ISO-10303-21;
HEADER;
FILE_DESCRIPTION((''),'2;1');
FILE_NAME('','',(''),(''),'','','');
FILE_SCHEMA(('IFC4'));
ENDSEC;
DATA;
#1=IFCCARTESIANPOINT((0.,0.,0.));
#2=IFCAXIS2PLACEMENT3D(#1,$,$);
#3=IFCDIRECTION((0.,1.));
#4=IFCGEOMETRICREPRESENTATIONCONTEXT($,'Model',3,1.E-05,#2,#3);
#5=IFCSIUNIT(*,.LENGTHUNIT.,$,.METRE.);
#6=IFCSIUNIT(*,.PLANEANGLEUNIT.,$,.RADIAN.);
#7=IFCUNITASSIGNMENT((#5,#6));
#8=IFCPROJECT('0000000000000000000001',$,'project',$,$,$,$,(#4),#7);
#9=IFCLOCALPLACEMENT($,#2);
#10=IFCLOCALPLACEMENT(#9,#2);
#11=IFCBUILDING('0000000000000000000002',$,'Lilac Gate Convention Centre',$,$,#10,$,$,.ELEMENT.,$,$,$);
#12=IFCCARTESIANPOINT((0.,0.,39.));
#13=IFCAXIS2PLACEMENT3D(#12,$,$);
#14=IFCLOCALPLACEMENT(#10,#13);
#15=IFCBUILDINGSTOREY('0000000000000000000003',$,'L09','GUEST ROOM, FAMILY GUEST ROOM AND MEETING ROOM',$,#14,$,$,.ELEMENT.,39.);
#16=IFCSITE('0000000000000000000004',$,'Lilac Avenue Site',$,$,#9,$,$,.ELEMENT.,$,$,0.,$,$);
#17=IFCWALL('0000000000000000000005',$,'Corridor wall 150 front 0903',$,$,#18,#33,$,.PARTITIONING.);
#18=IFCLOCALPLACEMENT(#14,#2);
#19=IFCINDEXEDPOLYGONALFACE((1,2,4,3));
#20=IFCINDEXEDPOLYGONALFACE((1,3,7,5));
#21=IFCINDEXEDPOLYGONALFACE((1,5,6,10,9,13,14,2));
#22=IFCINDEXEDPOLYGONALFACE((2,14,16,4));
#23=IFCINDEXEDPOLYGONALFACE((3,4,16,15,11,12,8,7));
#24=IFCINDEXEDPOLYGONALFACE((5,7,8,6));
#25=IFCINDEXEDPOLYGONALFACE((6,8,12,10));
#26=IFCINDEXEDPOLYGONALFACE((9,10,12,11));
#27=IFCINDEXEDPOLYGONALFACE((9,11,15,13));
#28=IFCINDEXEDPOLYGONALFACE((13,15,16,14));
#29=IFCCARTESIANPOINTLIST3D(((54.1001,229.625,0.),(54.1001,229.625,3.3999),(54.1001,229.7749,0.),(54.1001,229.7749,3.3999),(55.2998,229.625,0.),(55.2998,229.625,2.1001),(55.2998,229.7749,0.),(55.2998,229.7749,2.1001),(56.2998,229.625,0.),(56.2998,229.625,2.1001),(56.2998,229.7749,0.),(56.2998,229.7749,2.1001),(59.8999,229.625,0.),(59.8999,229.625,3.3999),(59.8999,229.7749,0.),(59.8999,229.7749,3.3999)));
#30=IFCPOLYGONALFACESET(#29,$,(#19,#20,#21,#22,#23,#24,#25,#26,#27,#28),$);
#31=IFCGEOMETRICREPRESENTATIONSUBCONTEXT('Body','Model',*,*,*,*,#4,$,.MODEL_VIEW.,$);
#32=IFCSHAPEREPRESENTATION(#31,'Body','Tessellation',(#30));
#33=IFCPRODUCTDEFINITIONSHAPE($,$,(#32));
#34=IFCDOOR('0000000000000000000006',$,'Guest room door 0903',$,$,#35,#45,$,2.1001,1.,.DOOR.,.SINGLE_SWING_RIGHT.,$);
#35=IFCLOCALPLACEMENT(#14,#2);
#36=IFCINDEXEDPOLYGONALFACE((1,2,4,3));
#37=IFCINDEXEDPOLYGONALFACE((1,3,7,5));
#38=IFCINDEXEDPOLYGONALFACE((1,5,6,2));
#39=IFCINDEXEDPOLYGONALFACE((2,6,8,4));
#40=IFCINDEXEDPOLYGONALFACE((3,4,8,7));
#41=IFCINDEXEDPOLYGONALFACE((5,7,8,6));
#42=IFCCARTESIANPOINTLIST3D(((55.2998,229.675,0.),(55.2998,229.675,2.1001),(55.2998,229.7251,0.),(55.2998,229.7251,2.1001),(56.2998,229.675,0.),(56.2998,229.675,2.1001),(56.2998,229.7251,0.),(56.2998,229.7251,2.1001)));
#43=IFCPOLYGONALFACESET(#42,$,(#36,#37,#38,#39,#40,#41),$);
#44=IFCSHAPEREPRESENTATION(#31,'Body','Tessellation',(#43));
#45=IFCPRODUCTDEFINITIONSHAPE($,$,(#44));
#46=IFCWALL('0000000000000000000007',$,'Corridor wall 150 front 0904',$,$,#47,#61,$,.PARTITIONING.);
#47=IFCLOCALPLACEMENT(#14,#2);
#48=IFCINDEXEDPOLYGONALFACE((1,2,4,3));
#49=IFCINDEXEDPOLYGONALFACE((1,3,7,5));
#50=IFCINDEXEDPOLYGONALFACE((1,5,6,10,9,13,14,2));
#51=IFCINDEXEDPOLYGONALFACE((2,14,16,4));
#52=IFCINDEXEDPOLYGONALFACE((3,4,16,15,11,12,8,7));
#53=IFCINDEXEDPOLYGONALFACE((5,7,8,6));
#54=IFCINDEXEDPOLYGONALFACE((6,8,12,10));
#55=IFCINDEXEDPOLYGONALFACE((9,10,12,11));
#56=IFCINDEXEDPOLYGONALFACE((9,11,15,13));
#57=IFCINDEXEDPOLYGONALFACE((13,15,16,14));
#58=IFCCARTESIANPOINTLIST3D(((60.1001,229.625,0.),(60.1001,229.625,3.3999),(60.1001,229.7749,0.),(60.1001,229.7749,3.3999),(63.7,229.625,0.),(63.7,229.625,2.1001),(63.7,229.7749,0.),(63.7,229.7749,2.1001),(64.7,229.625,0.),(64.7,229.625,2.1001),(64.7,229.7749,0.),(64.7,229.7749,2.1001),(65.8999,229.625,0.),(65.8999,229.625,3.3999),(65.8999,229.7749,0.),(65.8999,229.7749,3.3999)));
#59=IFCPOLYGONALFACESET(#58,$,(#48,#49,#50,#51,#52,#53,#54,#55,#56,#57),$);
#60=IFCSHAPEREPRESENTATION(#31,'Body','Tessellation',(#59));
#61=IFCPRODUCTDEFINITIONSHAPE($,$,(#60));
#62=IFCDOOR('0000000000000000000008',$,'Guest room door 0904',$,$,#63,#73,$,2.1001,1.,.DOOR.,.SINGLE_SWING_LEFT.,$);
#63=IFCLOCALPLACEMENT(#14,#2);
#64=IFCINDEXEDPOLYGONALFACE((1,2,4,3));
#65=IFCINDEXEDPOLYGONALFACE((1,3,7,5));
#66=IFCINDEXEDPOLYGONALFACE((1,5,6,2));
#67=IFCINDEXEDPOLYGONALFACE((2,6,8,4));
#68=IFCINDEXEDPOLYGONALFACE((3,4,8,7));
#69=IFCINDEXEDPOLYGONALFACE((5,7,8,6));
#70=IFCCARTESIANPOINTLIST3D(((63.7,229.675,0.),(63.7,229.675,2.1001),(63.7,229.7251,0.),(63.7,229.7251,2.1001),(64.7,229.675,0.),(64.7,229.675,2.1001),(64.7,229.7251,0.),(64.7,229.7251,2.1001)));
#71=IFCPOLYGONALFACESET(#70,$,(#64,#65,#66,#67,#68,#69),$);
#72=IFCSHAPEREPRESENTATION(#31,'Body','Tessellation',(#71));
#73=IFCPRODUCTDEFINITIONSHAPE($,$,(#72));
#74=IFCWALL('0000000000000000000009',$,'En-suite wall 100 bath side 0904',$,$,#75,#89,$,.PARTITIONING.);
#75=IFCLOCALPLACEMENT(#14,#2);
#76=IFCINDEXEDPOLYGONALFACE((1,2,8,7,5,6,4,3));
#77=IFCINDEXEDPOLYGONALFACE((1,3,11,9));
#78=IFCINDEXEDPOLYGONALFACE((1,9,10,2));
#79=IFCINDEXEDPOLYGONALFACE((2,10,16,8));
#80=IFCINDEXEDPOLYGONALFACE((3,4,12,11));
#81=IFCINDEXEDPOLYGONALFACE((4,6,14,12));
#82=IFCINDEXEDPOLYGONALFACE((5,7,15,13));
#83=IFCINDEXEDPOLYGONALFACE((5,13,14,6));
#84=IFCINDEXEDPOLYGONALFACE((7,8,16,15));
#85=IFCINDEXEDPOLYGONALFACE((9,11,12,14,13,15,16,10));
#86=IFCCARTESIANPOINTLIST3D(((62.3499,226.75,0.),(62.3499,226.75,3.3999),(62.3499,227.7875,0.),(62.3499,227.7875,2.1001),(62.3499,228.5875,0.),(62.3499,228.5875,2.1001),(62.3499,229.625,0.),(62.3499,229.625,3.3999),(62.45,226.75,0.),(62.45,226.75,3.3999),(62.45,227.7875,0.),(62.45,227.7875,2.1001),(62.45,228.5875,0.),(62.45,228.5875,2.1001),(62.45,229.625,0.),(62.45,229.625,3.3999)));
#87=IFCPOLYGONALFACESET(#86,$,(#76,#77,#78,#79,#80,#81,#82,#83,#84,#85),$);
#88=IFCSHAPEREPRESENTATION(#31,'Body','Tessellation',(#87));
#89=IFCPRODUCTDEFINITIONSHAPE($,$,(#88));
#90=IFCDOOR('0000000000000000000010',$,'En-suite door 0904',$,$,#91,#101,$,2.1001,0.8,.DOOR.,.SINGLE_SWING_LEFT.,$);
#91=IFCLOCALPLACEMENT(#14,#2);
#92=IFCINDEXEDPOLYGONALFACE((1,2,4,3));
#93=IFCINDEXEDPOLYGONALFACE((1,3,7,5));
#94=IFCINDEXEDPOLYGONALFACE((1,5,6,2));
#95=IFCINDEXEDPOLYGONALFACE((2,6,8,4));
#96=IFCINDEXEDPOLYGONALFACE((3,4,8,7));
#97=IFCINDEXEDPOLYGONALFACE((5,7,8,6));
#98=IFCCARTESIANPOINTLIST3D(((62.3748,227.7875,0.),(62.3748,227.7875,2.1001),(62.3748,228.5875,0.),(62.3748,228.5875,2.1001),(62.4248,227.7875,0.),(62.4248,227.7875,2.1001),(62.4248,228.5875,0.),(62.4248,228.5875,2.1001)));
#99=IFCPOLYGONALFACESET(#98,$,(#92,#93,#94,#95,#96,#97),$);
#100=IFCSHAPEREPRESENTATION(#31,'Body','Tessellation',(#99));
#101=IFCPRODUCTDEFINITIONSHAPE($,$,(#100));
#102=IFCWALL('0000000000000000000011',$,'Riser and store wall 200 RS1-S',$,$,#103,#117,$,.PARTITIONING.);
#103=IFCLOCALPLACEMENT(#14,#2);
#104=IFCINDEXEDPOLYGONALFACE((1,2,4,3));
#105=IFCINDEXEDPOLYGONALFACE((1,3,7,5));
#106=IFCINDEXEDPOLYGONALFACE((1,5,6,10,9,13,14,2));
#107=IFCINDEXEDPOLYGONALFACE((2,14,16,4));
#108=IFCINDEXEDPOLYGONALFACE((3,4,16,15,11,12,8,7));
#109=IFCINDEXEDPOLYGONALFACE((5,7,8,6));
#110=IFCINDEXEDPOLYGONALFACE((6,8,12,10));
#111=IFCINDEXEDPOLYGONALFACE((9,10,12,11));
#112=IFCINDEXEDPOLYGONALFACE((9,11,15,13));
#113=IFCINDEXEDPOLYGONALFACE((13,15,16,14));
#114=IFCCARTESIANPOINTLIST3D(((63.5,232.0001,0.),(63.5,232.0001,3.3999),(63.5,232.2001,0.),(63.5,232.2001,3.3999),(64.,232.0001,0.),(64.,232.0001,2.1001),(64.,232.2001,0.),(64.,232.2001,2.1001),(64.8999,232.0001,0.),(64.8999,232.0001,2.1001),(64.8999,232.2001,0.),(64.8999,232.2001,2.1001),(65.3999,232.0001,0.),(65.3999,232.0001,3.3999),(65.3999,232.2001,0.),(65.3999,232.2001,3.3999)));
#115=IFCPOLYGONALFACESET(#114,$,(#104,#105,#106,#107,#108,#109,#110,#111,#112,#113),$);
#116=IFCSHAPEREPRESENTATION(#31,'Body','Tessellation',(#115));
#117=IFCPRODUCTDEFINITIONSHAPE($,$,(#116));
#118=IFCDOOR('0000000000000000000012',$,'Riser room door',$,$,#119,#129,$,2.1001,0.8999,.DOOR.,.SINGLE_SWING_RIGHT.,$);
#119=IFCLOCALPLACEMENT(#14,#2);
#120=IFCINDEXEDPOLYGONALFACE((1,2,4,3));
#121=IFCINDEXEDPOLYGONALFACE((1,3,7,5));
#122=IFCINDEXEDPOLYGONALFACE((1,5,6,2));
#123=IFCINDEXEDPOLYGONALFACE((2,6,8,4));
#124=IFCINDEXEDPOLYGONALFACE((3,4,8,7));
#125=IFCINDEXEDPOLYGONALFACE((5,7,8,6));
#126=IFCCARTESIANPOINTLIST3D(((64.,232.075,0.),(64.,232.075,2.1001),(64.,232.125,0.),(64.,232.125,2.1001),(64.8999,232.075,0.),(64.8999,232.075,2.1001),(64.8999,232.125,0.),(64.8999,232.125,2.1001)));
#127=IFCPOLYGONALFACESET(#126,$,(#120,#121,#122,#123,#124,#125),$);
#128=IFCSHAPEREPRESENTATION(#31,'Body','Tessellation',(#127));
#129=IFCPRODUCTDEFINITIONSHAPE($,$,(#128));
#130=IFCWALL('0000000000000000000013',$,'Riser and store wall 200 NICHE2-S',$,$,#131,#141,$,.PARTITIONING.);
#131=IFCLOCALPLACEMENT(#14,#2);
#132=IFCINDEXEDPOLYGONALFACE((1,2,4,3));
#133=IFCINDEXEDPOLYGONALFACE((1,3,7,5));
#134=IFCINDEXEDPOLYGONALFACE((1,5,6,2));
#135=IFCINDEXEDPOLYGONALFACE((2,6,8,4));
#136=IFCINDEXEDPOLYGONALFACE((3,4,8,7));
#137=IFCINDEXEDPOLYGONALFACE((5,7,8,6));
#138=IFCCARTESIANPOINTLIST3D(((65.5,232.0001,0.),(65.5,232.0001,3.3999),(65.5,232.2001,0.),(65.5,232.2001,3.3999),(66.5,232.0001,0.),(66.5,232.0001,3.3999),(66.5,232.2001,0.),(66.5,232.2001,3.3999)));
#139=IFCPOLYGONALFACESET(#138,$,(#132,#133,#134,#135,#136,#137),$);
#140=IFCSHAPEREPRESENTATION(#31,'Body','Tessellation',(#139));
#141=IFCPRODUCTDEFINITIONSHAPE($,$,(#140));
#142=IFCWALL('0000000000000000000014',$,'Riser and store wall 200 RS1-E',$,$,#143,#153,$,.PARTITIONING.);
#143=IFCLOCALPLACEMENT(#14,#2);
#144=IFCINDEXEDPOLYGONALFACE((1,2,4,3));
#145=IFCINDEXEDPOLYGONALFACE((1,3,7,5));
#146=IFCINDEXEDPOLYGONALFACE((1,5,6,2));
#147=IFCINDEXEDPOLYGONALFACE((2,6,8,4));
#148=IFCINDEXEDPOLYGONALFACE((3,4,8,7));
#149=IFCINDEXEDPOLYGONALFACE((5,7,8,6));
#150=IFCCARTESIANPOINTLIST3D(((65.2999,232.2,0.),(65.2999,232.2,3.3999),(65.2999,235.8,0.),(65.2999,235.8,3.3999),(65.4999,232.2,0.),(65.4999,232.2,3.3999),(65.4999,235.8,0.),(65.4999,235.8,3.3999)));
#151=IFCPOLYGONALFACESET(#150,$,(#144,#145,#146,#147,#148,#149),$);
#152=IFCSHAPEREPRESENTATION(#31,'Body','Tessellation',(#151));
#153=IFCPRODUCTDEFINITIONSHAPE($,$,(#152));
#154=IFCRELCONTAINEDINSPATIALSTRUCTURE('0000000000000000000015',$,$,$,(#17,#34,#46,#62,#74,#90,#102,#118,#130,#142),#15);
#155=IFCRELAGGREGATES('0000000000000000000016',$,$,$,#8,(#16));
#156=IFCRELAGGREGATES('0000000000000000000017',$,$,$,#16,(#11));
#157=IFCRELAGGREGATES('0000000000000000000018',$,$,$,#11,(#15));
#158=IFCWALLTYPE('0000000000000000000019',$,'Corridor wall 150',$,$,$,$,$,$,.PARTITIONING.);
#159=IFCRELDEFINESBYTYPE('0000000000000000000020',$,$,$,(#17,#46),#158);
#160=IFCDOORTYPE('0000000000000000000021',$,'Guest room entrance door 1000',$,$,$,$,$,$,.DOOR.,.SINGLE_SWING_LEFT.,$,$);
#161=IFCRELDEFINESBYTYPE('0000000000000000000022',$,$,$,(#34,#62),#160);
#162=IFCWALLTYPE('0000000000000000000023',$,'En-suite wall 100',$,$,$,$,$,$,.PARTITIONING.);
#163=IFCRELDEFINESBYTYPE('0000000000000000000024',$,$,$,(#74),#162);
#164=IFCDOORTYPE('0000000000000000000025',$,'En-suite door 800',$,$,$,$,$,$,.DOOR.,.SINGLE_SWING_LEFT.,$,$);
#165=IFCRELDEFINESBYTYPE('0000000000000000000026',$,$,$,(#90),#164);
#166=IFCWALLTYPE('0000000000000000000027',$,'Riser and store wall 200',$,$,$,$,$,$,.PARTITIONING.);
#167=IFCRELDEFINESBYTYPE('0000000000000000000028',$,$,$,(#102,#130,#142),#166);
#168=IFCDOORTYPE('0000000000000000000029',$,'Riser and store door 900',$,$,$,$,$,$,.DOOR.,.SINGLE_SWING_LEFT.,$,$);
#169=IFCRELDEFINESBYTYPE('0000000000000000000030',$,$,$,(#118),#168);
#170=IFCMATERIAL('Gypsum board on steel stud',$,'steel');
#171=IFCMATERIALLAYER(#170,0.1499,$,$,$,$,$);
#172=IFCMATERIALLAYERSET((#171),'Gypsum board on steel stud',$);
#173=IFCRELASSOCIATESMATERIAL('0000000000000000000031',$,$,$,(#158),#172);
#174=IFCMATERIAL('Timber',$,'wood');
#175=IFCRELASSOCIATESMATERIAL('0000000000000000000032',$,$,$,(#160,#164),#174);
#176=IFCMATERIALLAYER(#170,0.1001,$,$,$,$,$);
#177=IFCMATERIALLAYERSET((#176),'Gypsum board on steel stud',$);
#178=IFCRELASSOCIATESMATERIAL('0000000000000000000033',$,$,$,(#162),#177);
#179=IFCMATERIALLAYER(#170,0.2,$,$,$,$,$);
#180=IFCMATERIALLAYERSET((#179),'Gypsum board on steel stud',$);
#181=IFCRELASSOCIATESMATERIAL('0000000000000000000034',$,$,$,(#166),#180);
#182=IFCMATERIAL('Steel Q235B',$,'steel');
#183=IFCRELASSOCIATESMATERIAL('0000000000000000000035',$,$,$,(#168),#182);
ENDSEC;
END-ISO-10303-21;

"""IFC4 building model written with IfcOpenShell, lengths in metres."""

from ifc_helpers import new_model, si_unit, direction, frame, frame_2d, origin, place, context, subcontext, project, spatial, rectangle, extrude, material, layer, layer_set, type_object, element, fill, save


model = new_model("IFC4")

# Units and contexts
model_context = context("Model", 3, precision=1e-05, world=origin(), true_north=direction((0.0, 1.0)))
body_context = subcontext(model_context, "Body", "Model", "MODEL_VIEW")
ifc_project = project(units=[si_unit("LENGTHUNIT", "METRE"), si_unit("PLANEANGLEUNIT", "RADIAN")], contexts=[model_context])

# Site, building, storey
site_placement = place(None, origin())
site = spatial("IfcSite", under=ifc_project, at=site_placement, Name="Lilac Avenue Site", CompositionType="ELEMENT", RefElevation=0.0)
building_placement = place(site_placement, origin())
building = spatial("IfcBuilding", under=site, at=building_placement, Name="Lilac Gate Convention Centre", CompositionType="ELEMENT")
storey_placement = place(building_placement, frame((0.0, 0.0, 39.0)))
storey = spatial("IfcBuildingStorey", under=building, at=storey_placement, Name="L09", Description="GUEST ROOM, FAMILY GUEST ROOM AND MEETING ROOM", CompositionType="ELEMENT", Elevation=39.0)

# Walls, openings, doors
ifc_material_1 = material(Name="Gypsum board on steel stud", Category="steel")
ifc_layer_1 = layer(ifc_material_1, 0.1499)
ifc_layer_set_1 = layer_set([ifc_layer_1], Name="Gypsum board on steel stud")
wall_type_1 = type_object("IfcWallType", Name="Corridor wall 150", PredefinedType="PARTITIONING", material=ifc_layer_set_1)
wall_1_placement = place(storey_placement, frame((59.8999, 229.7, 0.0), z_axis=(0.0, 0.0, 1.0), x_axis=(-1.0, 0.0, 0.0)))
wall_1 = element("IfcWall", 1, at=wall_1_placement, inside=storey, type_object=wall_type_1, Name="Corridor wall 150 front 0903", PredefinedType="PARTITIONING", context=body_context, shape_type="SweptSolid", body=[
    extrude(rectangle(XDim=5.7998, YDim=0.1499, at=frame_2d((2.8999, 0.0))), origin(), (0.0, 0.0, 1.0), 3.3999),
])
opening_1_placement = place(wall_1_placement, frame((3.6001, 0.0, 0.0)))
opening_1 = element("IfcOpeningElement", 2, at=opening_1_placement, cuts=wall_1, PredefinedType="OPENING", context=body_context, shape_type="SweptSolid", body=[
    extrude(rectangle(XDim=1.0, YDim=2.1001, at=frame_2d((0.5, 1.05))), frame((0.0, 0.085, 0.0), z_axis=(0.0, -1.0, 0.0), x_axis=(1.0, 0.0, 0.0)), (0.0, 0.0, 1.0), 0.1699),
])
ifc_material_2 = material(Name="Timber", Category="wood")
door_type_1 = type_object("IfcDoorType", Name="Guest room entrance door 1000", OperationType="SINGLE_SWING_LEFT", PredefinedType="DOOR", material=ifc_material_2)
door_1_placement = place(opening_1_placement, origin())
door_1 = element("IfcDoor", 3, at=door_1_placement, inside=storey, type_object=door_type_1, Name="Guest room door 0903", OperationType="SINGLE_SWING_RIGHT", OverallHeight=2.1001, OverallWidth=1.0, PredefinedType="DOOR", context=body_context, shape_type="SweptSolid", body=[
    extrude(rectangle(XDim=1.0, YDim=2.1001, at=frame_2d((0.5, 1.05))), frame((0.0, 0.0249, 0.0), z_axis=(0.0, -1.0, 0.0), x_axis=(1.0, 0.0, 0.0)), (0.0, 0.0, 1.0), 0.05),
])
fill(opening_1, door_1)
wall_2_placement = place(storey_placement, frame((65.8999, 229.7, 0.0), z_axis=(0.0, 0.0, 1.0), x_axis=(-1.0, 0.0, 0.0)))
wall_2 = element("IfcWall", 4, at=wall_2_placement, inside=storey, type_object=wall_type_1, Name="Corridor wall 150 front 0904", PredefinedType="PARTITIONING", context=body_context, shape_type="SweptSolid", body=[
    extrude(rectangle(XDim=5.7998, YDim=0.1499, at=frame_2d((2.8999, 0.0))), origin(), (0.0, 0.0, 1.0), 3.3999),
])
opening_2_placement = place(wall_2_placement, frame((1.2, 0.0, 0.0)))
opening_2 = element("IfcOpeningElement", 5, at=opening_2_placement, cuts=wall_2, PredefinedType="OPENING", context=body_context, shape_type="SweptSolid", body=[
    extrude(rectangle(XDim=1.0, YDim=2.1001, at=frame_2d((0.5, 1.05))), frame((0.0, 0.085, 0.0), z_axis=(0.0, -1.0, 0.0), x_axis=(1.0, 0.0, 0.0)), (0.0, 0.0, 1.0), 0.1699),
])
door_2_placement = place(opening_2_placement, origin())
door_2 = element("IfcDoor", 6, at=door_2_placement, inside=storey, type_object=door_type_1, Name="Guest room door 0904", OperationType="SINGLE_SWING_LEFT", OverallHeight=2.1001, OverallWidth=1.0, PredefinedType="DOOR", context=body_context, shape_type="SweptSolid", body=[
    extrude(rectangle(XDim=1.0, YDim=2.1001, at=frame_2d((0.5, 1.05))), frame((0.0, 0.0249, 0.0), z_axis=(0.0, -1.0, 0.0), x_axis=(1.0, 0.0, 0.0)), (0.0, 0.0, 1.0), 0.05),
])
fill(opening_2, door_2)
ifc_layer_2 = layer(ifc_material_1, 0.1001)
ifc_layer_set_2 = layer_set([ifc_layer_2], Name="Gypsum board on steel stud")
wall_type_2 = type_object("IfcWallType", Name="En-suite wall 100", PredefinedType="PARTITIONING", material=ifc_layer_set_2)
wall_3_placement = place(storey_placement, frame((62.3999, 229.625, 0.0), z_axis=(0.0, 0.0, 1.0), x_axis=(0.0, -1.0, 0.0)))
wall_3 = element("IfcWall", 7, at=wall_3_placement, inside=storey, type_object=wall_type_2, Name="En-suite wall 100 bath side 0904", PredefinedType="PARTITIONING", context=body_context, shape_type="SweptSolid", body=[
    extrude(rectangle(XDim=2.875, YDim=0.1001, at=frame_2d((1.4375, 0.0))), origin(), (0.0, 0.0, 1.0), 3.3999),
])
opening_3_placement = place(wall_3_placement, frame((1.0376, 0.0, 0.0)))
opening_3 = element("IfcOpeningElement", 8, at=opening_3_placement, cuts=wall_3, PredefinedType="OPENING", context=body_context, shape_type="SweptSolid", body=[
    extrude(rectangle(XDim=0.8, YDim=2.1001, at=frame_2d((0.3999, 1.05))), frame((0.0, 0.0601, 0.0), z_axis=(0.0, -1.0, 0.0), x_axis=(1.0, 0.0, 0.0)), (0.0, 0.0, 1.0), 0.1201),
])
door_type_2 = type_object("IfcDoorType", Name="En-suite door 800", OperationType="SINGLE_SWING_LEFT", PredefinedType="DOOR", material=ifc_material_2)
door_3_placement = place(opening_3_placement, origin())
door_3 = element("IfcDoor", 9, at=door_3_placement, inside=storey, type_object=door_type_2, Name="En-suite door 0904", OperationType="SINGLE_SWING_LEFT", OverallHeight=2.1001, OverallWidth=0.8, PredefinedType="DOOR", context=body_context, shape_type="SweptSolid", body=[
    extrude(rectangle(XDim=0.8, YDim=2.1001, at=frame_2d((0.3999, 1.05))), frame((0.0, 0.0249, 0.0), z_axis=(0.0, -1.0, 0.0), x_axis=(1.0, 0.0, 0.0)), (0.0, 0.0, 1.0), 0.05),
])
fill(opening_3, door_3)
ifc_layer_3 = layer(ifc_material_1, 0.2)
ifc_layer_set_3 = layer_set([ifc_layer_3], Name="Gypsum board on steel stud")
wall_type_3 = type_object("IfcWallType", Name="Riser and store wall 200", PredefinedType="PARTITIONING", material=ifc_layer_set_3)
wall_4_placement = place(storey_placement, frame((63.5, 232.1001, 0.0), z_axis=(0.0, 0.0, 1.0), x_axis=(1.0, 0.0, 0.0)))
wall_4 = element("IfcWall", 10, at=wall_4_placement, inside=storey, type_object=wall_type_3, Name="Riser and store wall 200 RS1-S", PredefinedType="PARTITIONING", context=body_context, shape_type="SweptSolid", body=[
    extrude(rectangle(XDim=1.8999, YDim=0.2, at=frame_2d((0.95, 0.0))), origin(), (0.0, 0.0, 1.0), 3.3999),
])
opening_4_placement = place(wall_4_placement, frame((0.5, 0.0, 0.0)))
opening_4 = element("IfcOpeningElement", 11, at=opening_4_placement, cuts=wall_4, PredefinedType="OPENING", context=body_context, shape_type="SweptSolid", body=[
    extrude(rectangle(XDim=0.8999, YDim=2.1001, at=frame_2d((0.45, 1.05))), frame((0.0, 0.1099, 0.0), z_axis=(0.0, -1.0, 0.0), x_axis=(1.0, 0.0, 0.0)), (0.0, 0.0, 1.0), 0.22),
])
ifc_material_3 = material(Name="Steel Q235B", Category="steel")
door_type_3 = type_object("IfcDoorType", Name="Riser and store door 900", OperationType="SINGLE_SWING_LEFT", PredefinedType="DOOR", material=ifc_material_3)
door_4_placement = place(opening_4_placement, origin())
door_4 = element("IfcDoor", 12, at=door_4_placement, inside=storey, type_object=door_type_3, Name="Riser room door", OperationType="SINGLE_SWING_RIGHT", OverallHeight=2.1001, OverallWidth=0.8999, PredefinedType="DOOR", context=body_context, shape_type="SweptSolid", body=[
    extrude(rectangle(XDim=0.8999, YDim=2.1001, at=frame_2d((0.45, 1.05))), frame((0.0, 0.0249, 0.0), z_axis=(0.0, -1.0, 0.0), x_axis=(1.0, 0.0, 0.0)), (0.0, 0.0, 1.0), 0.05),
])
fill(opening_4, door_4)

# Walls
wall_5_placement = place(storey_placement, frame((65.5, 232.1001, 0.0), z_axis=(0.0, 0.0, 1.0), x_axis=(1.0, 0.0, 0.0)))
element("IfcWall", 13, at=wall_5_placement, inside=storey, type_object=wall_type_3, Name="Riser and store wall 200 NICHE2-S", PredefinedType="PARTITIONING", context=body_context, shape_type="SweptSolid", body=[
    extrude(rectangle(XDim=1.0, YDim=0.2, at=frame_2d((0.5, 0.0))), origin(), (0.0, 0.0, 1.0), 3.3999),
])
wall_6_placement = place(storey_placement, frame((65.3999, 232.2, 0.0), z_axis=(0.0, 0.0, 1.0), x_axis=(0.0, 1.0, 0.0)))
element("IfcWall", 14, at=wall_6_placement, inside=storey, type_object=wall_type_3, Name="Riser and store wall 200 RS1-E", PredefinedType="PARTITIONING", context=body_context, shape_type="SweptSolid", body=[
    extrude(rectangle(XDim=3.6001, YDim=0.2, at=frame_2d((1.8, 0.0))), origin(), (0.0, 0.0, 1.0), 3.3999),
])

save(model, "model.ifc")
